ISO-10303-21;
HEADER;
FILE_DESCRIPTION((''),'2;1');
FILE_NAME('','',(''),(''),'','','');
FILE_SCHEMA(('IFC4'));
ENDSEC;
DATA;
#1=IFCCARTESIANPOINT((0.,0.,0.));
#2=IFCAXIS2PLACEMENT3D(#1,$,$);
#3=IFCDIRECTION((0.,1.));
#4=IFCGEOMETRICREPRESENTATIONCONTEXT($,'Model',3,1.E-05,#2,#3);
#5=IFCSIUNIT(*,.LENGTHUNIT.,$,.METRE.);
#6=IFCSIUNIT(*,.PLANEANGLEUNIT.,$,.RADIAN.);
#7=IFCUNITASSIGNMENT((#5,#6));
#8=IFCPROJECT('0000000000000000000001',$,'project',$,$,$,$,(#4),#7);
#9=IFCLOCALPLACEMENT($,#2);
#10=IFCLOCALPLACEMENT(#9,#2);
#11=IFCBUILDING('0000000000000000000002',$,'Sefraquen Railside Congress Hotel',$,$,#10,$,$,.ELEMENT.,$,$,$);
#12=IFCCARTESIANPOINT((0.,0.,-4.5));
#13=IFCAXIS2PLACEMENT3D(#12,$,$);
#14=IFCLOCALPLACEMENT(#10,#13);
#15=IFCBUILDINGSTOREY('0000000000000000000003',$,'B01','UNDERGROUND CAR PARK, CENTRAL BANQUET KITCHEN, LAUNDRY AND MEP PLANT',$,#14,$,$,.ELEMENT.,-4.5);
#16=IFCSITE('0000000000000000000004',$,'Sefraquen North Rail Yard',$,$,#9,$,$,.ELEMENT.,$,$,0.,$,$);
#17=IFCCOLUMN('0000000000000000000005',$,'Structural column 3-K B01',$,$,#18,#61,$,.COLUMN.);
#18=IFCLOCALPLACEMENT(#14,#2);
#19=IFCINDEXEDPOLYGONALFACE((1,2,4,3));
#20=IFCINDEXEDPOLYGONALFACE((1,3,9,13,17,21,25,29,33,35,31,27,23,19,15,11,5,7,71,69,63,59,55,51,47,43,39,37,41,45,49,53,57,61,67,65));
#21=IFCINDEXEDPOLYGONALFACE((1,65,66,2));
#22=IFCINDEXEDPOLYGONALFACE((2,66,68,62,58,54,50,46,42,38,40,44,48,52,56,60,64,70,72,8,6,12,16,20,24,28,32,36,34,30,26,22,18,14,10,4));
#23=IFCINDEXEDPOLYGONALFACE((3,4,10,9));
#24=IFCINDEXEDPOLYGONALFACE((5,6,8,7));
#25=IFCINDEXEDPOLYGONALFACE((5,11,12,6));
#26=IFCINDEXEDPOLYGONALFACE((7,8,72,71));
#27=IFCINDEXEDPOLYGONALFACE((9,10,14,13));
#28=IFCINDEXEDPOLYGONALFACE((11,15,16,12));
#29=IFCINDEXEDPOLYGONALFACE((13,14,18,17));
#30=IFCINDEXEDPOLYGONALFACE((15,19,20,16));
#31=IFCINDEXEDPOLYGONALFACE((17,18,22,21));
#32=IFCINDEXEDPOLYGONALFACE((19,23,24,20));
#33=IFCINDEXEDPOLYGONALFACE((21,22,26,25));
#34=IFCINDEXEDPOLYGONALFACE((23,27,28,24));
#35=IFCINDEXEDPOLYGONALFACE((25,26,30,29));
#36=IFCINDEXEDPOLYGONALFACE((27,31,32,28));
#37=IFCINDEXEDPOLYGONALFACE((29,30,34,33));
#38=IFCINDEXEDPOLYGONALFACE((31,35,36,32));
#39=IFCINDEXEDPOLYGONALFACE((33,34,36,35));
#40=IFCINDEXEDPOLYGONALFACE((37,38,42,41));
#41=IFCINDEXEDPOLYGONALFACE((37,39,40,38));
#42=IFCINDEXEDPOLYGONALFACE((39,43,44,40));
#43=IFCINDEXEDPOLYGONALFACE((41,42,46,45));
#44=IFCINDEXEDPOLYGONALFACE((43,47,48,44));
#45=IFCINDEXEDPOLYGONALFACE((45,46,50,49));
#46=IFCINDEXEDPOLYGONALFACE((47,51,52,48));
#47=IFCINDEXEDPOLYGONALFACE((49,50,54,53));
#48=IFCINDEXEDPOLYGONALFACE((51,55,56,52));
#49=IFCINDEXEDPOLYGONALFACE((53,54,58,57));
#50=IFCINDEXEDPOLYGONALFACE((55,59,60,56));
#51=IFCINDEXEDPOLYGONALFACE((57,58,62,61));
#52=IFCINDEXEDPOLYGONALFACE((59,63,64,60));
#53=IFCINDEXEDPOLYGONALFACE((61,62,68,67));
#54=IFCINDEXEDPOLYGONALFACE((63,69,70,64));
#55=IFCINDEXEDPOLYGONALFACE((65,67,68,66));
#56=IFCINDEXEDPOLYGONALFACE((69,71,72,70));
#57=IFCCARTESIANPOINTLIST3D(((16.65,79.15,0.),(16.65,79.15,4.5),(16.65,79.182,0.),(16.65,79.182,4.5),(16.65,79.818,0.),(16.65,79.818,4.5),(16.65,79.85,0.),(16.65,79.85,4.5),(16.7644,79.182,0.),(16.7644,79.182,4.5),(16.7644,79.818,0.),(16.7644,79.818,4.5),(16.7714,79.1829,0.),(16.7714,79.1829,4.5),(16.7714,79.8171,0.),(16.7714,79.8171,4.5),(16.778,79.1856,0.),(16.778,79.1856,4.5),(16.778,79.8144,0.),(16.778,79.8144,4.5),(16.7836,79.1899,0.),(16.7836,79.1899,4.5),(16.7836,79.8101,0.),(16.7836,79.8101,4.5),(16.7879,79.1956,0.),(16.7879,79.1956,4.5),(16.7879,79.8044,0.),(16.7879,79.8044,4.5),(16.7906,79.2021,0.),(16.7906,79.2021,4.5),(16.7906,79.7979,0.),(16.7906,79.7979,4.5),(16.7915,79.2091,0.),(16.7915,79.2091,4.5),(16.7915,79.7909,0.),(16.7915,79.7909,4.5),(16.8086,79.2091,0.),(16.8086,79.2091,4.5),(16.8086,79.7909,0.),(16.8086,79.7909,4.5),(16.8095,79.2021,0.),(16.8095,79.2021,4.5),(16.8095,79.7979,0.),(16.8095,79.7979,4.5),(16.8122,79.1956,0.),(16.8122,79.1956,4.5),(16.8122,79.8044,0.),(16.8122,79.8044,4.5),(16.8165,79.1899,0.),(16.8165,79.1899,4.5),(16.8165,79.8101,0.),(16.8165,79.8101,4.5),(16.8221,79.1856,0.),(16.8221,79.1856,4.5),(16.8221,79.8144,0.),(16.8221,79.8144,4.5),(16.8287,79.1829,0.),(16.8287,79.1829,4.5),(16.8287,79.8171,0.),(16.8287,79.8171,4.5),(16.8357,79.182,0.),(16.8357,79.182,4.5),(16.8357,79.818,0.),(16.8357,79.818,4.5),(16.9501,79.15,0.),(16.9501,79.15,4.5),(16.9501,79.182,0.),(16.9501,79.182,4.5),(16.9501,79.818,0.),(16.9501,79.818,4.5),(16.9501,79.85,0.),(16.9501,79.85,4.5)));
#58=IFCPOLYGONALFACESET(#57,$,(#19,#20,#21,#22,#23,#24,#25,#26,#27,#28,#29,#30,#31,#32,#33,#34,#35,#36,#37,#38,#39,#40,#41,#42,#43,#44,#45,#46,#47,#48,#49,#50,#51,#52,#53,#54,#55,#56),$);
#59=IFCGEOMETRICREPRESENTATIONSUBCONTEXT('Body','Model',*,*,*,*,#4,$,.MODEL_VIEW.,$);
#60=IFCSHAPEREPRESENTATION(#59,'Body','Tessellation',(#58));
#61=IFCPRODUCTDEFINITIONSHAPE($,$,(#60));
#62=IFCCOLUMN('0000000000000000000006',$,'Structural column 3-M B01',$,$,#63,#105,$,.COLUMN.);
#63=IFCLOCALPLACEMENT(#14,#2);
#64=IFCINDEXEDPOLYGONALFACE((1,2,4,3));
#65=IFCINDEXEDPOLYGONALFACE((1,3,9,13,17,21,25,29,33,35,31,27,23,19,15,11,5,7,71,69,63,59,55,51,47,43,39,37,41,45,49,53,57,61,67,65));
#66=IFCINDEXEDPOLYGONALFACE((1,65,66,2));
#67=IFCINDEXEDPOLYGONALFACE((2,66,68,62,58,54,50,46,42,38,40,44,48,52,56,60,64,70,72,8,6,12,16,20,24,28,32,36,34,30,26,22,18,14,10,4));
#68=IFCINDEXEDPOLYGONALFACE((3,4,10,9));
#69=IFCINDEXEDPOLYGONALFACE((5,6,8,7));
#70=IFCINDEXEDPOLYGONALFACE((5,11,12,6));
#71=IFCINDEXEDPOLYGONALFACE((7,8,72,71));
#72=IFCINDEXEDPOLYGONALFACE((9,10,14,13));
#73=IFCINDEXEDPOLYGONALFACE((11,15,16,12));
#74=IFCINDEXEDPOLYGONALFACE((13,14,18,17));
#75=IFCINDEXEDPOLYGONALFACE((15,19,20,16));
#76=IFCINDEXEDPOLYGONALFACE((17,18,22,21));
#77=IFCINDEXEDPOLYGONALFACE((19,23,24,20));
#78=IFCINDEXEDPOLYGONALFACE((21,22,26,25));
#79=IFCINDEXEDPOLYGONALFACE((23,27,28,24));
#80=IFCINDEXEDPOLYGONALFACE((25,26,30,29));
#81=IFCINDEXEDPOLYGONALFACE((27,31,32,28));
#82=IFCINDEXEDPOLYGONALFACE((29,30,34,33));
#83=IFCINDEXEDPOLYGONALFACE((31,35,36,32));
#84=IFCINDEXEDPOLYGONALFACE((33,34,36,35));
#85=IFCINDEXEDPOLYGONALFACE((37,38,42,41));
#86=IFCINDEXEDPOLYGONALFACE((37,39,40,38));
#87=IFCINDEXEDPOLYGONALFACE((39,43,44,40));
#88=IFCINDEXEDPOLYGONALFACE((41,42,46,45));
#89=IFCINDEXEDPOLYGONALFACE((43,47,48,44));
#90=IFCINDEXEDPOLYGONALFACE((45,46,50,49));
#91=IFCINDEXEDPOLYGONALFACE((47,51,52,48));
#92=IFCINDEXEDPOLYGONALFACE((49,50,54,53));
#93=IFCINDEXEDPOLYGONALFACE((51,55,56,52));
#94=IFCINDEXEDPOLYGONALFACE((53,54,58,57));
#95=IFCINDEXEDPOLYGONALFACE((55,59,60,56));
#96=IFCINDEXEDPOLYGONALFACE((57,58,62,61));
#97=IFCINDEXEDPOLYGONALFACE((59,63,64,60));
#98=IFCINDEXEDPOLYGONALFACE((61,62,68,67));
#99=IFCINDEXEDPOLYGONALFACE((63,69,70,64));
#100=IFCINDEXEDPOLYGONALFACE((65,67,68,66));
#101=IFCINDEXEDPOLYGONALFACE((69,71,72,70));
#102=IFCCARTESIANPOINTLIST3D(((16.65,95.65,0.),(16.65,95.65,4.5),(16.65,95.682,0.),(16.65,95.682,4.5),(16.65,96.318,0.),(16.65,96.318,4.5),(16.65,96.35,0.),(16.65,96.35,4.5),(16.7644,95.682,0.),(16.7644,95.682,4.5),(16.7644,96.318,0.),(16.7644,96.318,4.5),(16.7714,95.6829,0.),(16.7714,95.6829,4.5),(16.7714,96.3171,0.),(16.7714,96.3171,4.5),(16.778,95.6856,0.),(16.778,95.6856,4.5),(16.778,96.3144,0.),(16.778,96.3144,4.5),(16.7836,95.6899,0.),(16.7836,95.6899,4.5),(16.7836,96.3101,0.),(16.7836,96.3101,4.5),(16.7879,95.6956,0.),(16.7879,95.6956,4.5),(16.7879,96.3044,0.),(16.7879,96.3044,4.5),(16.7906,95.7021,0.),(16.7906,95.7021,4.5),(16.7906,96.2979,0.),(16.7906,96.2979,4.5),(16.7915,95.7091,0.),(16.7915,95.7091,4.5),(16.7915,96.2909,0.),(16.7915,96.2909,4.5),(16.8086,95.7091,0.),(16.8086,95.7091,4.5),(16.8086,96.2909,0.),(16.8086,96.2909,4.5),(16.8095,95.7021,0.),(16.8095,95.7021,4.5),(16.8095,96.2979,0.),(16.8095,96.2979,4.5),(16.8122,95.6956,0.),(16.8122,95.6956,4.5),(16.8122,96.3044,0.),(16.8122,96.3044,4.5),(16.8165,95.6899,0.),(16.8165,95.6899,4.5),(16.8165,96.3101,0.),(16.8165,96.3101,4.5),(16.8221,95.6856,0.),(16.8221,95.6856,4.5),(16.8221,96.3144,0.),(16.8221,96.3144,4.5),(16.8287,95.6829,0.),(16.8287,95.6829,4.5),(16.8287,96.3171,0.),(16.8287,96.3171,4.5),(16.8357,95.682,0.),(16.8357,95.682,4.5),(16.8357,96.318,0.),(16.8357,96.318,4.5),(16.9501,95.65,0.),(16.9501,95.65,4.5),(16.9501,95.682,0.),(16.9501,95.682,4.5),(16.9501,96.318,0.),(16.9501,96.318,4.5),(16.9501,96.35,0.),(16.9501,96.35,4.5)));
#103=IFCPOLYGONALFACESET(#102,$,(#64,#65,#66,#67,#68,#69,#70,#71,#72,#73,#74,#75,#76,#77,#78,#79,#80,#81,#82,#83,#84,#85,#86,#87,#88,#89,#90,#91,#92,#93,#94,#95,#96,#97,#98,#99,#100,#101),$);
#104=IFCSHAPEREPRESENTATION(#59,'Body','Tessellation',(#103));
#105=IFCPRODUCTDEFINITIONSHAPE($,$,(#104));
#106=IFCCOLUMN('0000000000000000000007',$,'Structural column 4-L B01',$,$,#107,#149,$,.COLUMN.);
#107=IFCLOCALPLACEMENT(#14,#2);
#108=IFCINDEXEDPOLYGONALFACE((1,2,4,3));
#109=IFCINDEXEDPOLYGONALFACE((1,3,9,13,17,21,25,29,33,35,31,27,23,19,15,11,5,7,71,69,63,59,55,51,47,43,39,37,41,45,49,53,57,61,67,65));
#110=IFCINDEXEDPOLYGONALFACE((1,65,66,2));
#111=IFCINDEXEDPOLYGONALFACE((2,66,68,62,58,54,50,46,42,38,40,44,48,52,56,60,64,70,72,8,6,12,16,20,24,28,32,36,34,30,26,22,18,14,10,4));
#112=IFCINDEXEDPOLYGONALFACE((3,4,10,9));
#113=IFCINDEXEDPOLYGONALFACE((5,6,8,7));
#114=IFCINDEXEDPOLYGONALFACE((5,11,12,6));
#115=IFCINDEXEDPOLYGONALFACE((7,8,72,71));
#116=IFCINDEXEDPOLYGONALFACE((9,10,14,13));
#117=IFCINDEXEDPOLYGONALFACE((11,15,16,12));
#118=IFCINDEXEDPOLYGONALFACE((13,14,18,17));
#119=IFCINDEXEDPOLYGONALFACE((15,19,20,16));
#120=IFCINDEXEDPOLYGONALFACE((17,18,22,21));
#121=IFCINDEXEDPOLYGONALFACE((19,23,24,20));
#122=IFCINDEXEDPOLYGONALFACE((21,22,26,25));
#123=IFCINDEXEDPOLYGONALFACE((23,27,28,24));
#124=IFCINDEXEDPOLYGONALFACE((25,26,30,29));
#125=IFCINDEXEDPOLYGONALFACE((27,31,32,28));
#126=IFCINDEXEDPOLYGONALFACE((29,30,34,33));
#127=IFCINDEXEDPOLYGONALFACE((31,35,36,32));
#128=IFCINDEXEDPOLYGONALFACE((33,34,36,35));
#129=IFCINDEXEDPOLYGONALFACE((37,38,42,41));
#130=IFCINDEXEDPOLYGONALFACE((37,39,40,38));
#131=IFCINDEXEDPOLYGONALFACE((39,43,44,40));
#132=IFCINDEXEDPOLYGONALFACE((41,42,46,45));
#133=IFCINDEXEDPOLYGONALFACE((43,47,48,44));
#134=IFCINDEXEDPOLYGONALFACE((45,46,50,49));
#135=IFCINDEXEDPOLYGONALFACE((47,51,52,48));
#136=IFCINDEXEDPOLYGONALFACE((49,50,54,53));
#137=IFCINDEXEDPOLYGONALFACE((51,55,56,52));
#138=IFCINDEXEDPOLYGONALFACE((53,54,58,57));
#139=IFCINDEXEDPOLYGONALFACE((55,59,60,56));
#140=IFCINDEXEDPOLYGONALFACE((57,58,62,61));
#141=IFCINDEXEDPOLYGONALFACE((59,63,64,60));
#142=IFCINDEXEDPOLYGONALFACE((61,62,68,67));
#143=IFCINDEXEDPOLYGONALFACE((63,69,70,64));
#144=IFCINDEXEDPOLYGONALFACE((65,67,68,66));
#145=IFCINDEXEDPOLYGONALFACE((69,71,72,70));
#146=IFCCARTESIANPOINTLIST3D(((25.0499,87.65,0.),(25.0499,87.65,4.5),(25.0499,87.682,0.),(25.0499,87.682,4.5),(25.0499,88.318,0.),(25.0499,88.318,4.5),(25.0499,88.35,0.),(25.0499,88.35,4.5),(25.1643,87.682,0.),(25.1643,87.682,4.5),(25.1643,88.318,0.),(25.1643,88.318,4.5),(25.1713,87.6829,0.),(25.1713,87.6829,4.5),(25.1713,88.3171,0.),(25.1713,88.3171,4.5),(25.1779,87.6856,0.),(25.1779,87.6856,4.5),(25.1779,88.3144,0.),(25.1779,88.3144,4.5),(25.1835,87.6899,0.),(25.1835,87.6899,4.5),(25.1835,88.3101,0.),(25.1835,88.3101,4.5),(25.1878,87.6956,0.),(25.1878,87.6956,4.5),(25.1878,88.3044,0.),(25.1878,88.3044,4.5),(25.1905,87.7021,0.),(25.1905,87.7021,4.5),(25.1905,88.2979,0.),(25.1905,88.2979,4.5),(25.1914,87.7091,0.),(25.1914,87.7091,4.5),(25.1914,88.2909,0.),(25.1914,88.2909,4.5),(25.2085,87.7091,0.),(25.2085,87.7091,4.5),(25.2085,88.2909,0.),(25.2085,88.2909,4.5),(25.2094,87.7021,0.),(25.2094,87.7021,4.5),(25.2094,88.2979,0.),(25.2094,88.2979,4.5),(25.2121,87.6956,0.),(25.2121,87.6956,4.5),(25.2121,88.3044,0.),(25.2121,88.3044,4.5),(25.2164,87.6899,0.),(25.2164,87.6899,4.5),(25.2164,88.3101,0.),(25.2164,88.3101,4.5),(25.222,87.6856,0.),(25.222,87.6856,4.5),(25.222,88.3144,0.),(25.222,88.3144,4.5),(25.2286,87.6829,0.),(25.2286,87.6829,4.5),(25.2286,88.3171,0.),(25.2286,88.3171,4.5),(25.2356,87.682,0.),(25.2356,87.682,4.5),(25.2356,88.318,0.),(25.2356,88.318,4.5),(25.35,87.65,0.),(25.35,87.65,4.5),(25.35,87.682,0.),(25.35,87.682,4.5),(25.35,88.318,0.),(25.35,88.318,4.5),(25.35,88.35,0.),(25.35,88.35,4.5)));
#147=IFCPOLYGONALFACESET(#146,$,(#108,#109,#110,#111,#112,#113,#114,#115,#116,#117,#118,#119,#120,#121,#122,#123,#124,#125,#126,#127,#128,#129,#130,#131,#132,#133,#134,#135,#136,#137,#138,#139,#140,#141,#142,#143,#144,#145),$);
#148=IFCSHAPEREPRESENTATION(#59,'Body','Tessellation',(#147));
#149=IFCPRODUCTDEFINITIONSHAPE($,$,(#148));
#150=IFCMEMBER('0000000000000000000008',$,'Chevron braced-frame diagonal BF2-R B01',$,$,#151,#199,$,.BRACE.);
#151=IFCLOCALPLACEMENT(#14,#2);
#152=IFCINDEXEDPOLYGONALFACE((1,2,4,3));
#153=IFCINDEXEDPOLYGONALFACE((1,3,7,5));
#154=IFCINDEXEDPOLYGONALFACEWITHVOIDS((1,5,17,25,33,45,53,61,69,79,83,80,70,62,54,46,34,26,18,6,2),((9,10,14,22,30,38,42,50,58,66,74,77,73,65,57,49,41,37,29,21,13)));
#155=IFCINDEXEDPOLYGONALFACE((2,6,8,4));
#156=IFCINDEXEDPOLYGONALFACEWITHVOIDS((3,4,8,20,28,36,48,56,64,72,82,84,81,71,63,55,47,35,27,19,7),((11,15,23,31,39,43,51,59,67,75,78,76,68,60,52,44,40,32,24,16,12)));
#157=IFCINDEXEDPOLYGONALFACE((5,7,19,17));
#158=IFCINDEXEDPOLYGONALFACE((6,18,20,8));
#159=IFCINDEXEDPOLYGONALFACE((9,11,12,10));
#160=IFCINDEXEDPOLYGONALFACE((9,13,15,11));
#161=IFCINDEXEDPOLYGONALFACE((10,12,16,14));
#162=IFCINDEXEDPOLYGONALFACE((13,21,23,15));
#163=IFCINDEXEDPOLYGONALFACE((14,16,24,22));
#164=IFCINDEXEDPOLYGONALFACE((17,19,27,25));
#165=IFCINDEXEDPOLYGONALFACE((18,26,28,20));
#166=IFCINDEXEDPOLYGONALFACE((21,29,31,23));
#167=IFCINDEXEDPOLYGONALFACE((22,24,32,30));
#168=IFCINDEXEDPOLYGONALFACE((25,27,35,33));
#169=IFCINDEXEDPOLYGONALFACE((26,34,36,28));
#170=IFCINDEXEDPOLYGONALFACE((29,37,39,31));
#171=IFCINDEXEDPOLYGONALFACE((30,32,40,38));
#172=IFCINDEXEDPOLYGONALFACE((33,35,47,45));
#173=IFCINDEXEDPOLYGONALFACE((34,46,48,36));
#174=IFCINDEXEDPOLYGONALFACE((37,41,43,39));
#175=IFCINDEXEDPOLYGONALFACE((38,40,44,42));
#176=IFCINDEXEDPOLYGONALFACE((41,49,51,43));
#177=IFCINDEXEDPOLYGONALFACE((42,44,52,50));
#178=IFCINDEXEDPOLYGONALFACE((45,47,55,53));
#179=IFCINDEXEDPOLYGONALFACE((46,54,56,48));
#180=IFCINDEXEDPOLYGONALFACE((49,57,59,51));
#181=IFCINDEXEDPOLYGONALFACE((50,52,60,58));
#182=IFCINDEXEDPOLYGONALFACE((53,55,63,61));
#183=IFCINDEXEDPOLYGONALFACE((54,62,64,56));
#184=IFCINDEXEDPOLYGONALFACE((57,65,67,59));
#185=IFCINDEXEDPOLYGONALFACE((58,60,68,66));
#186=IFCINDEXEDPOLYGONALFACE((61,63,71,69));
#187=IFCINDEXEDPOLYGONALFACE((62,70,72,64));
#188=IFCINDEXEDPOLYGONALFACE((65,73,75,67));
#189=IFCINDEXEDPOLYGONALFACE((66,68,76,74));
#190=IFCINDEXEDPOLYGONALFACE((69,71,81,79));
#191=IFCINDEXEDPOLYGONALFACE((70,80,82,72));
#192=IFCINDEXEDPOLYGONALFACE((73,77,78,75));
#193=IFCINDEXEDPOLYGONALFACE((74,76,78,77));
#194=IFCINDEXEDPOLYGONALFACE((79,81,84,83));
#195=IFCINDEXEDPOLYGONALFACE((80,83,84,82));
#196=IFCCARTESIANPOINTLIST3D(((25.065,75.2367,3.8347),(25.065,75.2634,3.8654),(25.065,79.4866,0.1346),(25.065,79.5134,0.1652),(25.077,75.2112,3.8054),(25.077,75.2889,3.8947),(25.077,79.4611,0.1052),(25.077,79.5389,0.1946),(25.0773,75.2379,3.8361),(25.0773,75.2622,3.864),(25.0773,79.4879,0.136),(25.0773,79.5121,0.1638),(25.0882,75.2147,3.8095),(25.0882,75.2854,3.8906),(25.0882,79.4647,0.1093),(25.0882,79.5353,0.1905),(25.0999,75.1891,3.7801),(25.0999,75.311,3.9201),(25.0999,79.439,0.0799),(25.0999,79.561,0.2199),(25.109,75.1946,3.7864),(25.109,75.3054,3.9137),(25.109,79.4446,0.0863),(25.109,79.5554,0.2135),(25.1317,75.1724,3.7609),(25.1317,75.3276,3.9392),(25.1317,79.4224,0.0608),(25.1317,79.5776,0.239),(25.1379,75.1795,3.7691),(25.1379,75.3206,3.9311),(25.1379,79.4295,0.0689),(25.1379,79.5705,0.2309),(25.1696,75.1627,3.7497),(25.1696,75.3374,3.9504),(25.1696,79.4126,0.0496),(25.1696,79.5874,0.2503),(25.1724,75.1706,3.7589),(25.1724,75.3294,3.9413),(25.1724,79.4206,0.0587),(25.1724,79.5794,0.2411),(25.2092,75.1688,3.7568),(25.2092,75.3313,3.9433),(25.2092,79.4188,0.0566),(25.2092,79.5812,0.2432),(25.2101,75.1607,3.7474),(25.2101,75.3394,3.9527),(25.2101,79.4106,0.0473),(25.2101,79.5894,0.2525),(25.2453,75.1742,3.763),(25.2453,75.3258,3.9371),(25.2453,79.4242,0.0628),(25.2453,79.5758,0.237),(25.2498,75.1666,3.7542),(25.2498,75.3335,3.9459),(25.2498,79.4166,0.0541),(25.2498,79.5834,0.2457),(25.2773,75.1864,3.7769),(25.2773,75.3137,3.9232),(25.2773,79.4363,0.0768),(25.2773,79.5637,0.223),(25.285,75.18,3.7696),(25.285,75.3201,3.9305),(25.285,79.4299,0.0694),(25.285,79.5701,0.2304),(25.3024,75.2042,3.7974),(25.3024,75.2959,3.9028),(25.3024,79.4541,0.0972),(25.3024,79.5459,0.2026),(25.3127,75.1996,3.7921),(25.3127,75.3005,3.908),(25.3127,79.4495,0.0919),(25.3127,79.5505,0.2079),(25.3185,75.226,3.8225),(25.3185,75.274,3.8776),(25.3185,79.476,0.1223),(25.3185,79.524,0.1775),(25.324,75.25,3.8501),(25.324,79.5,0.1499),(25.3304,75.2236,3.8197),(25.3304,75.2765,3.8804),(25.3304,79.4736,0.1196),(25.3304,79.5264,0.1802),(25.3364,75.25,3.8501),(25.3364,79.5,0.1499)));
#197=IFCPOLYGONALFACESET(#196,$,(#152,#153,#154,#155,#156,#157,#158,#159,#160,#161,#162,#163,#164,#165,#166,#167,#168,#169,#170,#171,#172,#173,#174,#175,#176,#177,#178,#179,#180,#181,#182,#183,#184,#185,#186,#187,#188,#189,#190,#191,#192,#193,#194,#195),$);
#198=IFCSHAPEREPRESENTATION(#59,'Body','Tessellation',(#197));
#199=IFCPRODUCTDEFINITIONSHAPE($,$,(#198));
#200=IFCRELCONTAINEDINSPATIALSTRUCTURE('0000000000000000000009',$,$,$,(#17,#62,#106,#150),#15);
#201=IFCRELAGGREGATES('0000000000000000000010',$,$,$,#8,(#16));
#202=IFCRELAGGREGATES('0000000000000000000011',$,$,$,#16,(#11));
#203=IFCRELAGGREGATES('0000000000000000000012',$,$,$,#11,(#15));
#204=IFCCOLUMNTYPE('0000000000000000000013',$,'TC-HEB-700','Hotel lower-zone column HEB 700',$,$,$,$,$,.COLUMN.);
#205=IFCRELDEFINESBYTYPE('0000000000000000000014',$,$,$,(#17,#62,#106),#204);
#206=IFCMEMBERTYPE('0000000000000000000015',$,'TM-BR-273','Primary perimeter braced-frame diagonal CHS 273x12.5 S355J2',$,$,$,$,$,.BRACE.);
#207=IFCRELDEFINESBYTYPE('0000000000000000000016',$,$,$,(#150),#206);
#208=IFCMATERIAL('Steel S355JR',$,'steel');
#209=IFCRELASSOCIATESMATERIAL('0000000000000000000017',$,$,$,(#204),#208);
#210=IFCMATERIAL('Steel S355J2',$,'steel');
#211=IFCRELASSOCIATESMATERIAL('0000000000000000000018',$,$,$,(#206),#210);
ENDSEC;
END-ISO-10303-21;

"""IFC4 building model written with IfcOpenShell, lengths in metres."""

from ifc_helpers import new_model, si_unit, direction, frame, origin, origin_2d, place, context, subcontext, project, spatial, hollow_circle, i_section, extrude, material, material_profile, profile_set, type_object, element, save


model = new_model("IFC4")

# Units and contexts
model_context = context("Model", 3, precision=1e-05, world=origin(), true_north=direction((0.0, 1.0)))
body_context = subcontext(model_context, "Body", "Model", "MODEL_VIEW")
ifc_project = project(units=[si_unit("LENGTHUNIT", "METRE"), si_unit("PLANEANGLEUNIT", "RADIAN")], contexts=[model_context])

# Site, building, storey
site_placement = place(None, origin())
site = spatial("IfcSite", under=ifc_project, at=site_placement, Name="Sefraquen North Rail Yard", CompositionType="ELEMENT", RefElevation=0.0)
building_placement = place(site_placement, origin())
building = spatial("IfcBuilding", under=site, at=building_placement, Name="Sefraquen Railside Congress Hotel", CompositionType="ELEMENT")
storey_placement = place(building_placement, frame((0.0, 0.0, -4.5)))
storey = spatial("IfcBuildingStorey", under=building, at=storey_placement, Name="B01", Description="UNDERGROUND CAR PARK, CENTRAL BANQUET KITCHEN, LAUNDRY AND MEP PLANT", CompositionType="ELEMENT", Elevation=-4.5)

# Columns
ifc_material_1 = material(Name="Steel S355J2", Category="steel")
ifc_material_2 = material(Name="Steel S355JR", Category="steel")
ifc_material_profile_1 = material_profile(ifc_material_2, i_section(OverallWidth=0.3, OverallDepth=0.7, WebThickness=0.0171, FlangeThickness=0.032, FilletRadius=0.0271, at=origin_2d()), Name="HEB 700")
ifc_profile_set_1 = profile_set([ifc_material_profile_1], Name="Steel S355JR")
column_type_1 = type_object("IfcColumnType", Name="TC-HEB-700", Description="Hotel lower-zone column HEB 700", PredefinedType="COLUMN", material=ifc_profile_set_1)
for number, where, z_axis, x_axis, name in (
    (1, (16.8, 79.5, 0.0), (0.0, 0.0, 1.0), (1.0, 0.0, 0.0), "Structural column 3-K B01"),
    (2, (16.8, 96.0, 0.0), (0.0, 0.0, 1.0), (1.0, 0.0, 0.0), "Structural column 3-M B01"),
    (3, (25.2, 88.0, 0.0), (0.0, 0.0, 1.0), (1.0, 0.0, 0.0), "Structural column 4-L B01"),
):
    element("IfcColumn", number, at=place(storey_placement, frame(where, z_axis=z_axis, x_axis=x_axis)), inside=storey, type_object=column_type_1, Name=name, PredefinedType="COLUMN", context=body_context, shape_type="SweptSolid", body=[
        extrude(i_section(OverallWidth=0.3, OverallDepth=0.7, WebThickness=0.0171, FlangeThickness=0.032, FilletRadius=0.0271, at=origin_2d()), origin(), (0.0, 0.0, 1.0), 4.5),
    ])

# Member
ifc_material_profile_2 = material_profile(ifc_material_1, hollow_circle(Radius=0.1365, WallThickness=0.0125, at=origin_2d()), Name="CHS 273x12.5")
ifc_profile_set_2 = profile_set([ifc_material_profile_2], Name="Steel S355J2")
member_type = type_object("IfcMemberType", Name="TM-BR-273", Description="Primary perimeter braced-frame diagonal CHS 273x12.5 S355J2", PredefinedType="BRACE", material=ifc_profile_set_2)
member_placement = place(storey_placement, frame((25.2, 79.5, 0.1499), z_axis=(0.0, -0.754206, 0.656638), x_axis=(1.0, 0.0, 0.0)))
element("IfcMember", 4, at=member_placement, inside=storey, type_object=member_type, Name="Chevron braced-frame diagonal BF2-R B01", PredefinedType="BRACE", context=body_context, shape_type="SweptSolid", body=[
    extrude(hollow_circle(Radius=0.1365, WallThickness=0.0125, at=origin_2d()), origin(), (0.0, 0.0, 1.0), 5.635),
])

save(model, "model.ifc")
